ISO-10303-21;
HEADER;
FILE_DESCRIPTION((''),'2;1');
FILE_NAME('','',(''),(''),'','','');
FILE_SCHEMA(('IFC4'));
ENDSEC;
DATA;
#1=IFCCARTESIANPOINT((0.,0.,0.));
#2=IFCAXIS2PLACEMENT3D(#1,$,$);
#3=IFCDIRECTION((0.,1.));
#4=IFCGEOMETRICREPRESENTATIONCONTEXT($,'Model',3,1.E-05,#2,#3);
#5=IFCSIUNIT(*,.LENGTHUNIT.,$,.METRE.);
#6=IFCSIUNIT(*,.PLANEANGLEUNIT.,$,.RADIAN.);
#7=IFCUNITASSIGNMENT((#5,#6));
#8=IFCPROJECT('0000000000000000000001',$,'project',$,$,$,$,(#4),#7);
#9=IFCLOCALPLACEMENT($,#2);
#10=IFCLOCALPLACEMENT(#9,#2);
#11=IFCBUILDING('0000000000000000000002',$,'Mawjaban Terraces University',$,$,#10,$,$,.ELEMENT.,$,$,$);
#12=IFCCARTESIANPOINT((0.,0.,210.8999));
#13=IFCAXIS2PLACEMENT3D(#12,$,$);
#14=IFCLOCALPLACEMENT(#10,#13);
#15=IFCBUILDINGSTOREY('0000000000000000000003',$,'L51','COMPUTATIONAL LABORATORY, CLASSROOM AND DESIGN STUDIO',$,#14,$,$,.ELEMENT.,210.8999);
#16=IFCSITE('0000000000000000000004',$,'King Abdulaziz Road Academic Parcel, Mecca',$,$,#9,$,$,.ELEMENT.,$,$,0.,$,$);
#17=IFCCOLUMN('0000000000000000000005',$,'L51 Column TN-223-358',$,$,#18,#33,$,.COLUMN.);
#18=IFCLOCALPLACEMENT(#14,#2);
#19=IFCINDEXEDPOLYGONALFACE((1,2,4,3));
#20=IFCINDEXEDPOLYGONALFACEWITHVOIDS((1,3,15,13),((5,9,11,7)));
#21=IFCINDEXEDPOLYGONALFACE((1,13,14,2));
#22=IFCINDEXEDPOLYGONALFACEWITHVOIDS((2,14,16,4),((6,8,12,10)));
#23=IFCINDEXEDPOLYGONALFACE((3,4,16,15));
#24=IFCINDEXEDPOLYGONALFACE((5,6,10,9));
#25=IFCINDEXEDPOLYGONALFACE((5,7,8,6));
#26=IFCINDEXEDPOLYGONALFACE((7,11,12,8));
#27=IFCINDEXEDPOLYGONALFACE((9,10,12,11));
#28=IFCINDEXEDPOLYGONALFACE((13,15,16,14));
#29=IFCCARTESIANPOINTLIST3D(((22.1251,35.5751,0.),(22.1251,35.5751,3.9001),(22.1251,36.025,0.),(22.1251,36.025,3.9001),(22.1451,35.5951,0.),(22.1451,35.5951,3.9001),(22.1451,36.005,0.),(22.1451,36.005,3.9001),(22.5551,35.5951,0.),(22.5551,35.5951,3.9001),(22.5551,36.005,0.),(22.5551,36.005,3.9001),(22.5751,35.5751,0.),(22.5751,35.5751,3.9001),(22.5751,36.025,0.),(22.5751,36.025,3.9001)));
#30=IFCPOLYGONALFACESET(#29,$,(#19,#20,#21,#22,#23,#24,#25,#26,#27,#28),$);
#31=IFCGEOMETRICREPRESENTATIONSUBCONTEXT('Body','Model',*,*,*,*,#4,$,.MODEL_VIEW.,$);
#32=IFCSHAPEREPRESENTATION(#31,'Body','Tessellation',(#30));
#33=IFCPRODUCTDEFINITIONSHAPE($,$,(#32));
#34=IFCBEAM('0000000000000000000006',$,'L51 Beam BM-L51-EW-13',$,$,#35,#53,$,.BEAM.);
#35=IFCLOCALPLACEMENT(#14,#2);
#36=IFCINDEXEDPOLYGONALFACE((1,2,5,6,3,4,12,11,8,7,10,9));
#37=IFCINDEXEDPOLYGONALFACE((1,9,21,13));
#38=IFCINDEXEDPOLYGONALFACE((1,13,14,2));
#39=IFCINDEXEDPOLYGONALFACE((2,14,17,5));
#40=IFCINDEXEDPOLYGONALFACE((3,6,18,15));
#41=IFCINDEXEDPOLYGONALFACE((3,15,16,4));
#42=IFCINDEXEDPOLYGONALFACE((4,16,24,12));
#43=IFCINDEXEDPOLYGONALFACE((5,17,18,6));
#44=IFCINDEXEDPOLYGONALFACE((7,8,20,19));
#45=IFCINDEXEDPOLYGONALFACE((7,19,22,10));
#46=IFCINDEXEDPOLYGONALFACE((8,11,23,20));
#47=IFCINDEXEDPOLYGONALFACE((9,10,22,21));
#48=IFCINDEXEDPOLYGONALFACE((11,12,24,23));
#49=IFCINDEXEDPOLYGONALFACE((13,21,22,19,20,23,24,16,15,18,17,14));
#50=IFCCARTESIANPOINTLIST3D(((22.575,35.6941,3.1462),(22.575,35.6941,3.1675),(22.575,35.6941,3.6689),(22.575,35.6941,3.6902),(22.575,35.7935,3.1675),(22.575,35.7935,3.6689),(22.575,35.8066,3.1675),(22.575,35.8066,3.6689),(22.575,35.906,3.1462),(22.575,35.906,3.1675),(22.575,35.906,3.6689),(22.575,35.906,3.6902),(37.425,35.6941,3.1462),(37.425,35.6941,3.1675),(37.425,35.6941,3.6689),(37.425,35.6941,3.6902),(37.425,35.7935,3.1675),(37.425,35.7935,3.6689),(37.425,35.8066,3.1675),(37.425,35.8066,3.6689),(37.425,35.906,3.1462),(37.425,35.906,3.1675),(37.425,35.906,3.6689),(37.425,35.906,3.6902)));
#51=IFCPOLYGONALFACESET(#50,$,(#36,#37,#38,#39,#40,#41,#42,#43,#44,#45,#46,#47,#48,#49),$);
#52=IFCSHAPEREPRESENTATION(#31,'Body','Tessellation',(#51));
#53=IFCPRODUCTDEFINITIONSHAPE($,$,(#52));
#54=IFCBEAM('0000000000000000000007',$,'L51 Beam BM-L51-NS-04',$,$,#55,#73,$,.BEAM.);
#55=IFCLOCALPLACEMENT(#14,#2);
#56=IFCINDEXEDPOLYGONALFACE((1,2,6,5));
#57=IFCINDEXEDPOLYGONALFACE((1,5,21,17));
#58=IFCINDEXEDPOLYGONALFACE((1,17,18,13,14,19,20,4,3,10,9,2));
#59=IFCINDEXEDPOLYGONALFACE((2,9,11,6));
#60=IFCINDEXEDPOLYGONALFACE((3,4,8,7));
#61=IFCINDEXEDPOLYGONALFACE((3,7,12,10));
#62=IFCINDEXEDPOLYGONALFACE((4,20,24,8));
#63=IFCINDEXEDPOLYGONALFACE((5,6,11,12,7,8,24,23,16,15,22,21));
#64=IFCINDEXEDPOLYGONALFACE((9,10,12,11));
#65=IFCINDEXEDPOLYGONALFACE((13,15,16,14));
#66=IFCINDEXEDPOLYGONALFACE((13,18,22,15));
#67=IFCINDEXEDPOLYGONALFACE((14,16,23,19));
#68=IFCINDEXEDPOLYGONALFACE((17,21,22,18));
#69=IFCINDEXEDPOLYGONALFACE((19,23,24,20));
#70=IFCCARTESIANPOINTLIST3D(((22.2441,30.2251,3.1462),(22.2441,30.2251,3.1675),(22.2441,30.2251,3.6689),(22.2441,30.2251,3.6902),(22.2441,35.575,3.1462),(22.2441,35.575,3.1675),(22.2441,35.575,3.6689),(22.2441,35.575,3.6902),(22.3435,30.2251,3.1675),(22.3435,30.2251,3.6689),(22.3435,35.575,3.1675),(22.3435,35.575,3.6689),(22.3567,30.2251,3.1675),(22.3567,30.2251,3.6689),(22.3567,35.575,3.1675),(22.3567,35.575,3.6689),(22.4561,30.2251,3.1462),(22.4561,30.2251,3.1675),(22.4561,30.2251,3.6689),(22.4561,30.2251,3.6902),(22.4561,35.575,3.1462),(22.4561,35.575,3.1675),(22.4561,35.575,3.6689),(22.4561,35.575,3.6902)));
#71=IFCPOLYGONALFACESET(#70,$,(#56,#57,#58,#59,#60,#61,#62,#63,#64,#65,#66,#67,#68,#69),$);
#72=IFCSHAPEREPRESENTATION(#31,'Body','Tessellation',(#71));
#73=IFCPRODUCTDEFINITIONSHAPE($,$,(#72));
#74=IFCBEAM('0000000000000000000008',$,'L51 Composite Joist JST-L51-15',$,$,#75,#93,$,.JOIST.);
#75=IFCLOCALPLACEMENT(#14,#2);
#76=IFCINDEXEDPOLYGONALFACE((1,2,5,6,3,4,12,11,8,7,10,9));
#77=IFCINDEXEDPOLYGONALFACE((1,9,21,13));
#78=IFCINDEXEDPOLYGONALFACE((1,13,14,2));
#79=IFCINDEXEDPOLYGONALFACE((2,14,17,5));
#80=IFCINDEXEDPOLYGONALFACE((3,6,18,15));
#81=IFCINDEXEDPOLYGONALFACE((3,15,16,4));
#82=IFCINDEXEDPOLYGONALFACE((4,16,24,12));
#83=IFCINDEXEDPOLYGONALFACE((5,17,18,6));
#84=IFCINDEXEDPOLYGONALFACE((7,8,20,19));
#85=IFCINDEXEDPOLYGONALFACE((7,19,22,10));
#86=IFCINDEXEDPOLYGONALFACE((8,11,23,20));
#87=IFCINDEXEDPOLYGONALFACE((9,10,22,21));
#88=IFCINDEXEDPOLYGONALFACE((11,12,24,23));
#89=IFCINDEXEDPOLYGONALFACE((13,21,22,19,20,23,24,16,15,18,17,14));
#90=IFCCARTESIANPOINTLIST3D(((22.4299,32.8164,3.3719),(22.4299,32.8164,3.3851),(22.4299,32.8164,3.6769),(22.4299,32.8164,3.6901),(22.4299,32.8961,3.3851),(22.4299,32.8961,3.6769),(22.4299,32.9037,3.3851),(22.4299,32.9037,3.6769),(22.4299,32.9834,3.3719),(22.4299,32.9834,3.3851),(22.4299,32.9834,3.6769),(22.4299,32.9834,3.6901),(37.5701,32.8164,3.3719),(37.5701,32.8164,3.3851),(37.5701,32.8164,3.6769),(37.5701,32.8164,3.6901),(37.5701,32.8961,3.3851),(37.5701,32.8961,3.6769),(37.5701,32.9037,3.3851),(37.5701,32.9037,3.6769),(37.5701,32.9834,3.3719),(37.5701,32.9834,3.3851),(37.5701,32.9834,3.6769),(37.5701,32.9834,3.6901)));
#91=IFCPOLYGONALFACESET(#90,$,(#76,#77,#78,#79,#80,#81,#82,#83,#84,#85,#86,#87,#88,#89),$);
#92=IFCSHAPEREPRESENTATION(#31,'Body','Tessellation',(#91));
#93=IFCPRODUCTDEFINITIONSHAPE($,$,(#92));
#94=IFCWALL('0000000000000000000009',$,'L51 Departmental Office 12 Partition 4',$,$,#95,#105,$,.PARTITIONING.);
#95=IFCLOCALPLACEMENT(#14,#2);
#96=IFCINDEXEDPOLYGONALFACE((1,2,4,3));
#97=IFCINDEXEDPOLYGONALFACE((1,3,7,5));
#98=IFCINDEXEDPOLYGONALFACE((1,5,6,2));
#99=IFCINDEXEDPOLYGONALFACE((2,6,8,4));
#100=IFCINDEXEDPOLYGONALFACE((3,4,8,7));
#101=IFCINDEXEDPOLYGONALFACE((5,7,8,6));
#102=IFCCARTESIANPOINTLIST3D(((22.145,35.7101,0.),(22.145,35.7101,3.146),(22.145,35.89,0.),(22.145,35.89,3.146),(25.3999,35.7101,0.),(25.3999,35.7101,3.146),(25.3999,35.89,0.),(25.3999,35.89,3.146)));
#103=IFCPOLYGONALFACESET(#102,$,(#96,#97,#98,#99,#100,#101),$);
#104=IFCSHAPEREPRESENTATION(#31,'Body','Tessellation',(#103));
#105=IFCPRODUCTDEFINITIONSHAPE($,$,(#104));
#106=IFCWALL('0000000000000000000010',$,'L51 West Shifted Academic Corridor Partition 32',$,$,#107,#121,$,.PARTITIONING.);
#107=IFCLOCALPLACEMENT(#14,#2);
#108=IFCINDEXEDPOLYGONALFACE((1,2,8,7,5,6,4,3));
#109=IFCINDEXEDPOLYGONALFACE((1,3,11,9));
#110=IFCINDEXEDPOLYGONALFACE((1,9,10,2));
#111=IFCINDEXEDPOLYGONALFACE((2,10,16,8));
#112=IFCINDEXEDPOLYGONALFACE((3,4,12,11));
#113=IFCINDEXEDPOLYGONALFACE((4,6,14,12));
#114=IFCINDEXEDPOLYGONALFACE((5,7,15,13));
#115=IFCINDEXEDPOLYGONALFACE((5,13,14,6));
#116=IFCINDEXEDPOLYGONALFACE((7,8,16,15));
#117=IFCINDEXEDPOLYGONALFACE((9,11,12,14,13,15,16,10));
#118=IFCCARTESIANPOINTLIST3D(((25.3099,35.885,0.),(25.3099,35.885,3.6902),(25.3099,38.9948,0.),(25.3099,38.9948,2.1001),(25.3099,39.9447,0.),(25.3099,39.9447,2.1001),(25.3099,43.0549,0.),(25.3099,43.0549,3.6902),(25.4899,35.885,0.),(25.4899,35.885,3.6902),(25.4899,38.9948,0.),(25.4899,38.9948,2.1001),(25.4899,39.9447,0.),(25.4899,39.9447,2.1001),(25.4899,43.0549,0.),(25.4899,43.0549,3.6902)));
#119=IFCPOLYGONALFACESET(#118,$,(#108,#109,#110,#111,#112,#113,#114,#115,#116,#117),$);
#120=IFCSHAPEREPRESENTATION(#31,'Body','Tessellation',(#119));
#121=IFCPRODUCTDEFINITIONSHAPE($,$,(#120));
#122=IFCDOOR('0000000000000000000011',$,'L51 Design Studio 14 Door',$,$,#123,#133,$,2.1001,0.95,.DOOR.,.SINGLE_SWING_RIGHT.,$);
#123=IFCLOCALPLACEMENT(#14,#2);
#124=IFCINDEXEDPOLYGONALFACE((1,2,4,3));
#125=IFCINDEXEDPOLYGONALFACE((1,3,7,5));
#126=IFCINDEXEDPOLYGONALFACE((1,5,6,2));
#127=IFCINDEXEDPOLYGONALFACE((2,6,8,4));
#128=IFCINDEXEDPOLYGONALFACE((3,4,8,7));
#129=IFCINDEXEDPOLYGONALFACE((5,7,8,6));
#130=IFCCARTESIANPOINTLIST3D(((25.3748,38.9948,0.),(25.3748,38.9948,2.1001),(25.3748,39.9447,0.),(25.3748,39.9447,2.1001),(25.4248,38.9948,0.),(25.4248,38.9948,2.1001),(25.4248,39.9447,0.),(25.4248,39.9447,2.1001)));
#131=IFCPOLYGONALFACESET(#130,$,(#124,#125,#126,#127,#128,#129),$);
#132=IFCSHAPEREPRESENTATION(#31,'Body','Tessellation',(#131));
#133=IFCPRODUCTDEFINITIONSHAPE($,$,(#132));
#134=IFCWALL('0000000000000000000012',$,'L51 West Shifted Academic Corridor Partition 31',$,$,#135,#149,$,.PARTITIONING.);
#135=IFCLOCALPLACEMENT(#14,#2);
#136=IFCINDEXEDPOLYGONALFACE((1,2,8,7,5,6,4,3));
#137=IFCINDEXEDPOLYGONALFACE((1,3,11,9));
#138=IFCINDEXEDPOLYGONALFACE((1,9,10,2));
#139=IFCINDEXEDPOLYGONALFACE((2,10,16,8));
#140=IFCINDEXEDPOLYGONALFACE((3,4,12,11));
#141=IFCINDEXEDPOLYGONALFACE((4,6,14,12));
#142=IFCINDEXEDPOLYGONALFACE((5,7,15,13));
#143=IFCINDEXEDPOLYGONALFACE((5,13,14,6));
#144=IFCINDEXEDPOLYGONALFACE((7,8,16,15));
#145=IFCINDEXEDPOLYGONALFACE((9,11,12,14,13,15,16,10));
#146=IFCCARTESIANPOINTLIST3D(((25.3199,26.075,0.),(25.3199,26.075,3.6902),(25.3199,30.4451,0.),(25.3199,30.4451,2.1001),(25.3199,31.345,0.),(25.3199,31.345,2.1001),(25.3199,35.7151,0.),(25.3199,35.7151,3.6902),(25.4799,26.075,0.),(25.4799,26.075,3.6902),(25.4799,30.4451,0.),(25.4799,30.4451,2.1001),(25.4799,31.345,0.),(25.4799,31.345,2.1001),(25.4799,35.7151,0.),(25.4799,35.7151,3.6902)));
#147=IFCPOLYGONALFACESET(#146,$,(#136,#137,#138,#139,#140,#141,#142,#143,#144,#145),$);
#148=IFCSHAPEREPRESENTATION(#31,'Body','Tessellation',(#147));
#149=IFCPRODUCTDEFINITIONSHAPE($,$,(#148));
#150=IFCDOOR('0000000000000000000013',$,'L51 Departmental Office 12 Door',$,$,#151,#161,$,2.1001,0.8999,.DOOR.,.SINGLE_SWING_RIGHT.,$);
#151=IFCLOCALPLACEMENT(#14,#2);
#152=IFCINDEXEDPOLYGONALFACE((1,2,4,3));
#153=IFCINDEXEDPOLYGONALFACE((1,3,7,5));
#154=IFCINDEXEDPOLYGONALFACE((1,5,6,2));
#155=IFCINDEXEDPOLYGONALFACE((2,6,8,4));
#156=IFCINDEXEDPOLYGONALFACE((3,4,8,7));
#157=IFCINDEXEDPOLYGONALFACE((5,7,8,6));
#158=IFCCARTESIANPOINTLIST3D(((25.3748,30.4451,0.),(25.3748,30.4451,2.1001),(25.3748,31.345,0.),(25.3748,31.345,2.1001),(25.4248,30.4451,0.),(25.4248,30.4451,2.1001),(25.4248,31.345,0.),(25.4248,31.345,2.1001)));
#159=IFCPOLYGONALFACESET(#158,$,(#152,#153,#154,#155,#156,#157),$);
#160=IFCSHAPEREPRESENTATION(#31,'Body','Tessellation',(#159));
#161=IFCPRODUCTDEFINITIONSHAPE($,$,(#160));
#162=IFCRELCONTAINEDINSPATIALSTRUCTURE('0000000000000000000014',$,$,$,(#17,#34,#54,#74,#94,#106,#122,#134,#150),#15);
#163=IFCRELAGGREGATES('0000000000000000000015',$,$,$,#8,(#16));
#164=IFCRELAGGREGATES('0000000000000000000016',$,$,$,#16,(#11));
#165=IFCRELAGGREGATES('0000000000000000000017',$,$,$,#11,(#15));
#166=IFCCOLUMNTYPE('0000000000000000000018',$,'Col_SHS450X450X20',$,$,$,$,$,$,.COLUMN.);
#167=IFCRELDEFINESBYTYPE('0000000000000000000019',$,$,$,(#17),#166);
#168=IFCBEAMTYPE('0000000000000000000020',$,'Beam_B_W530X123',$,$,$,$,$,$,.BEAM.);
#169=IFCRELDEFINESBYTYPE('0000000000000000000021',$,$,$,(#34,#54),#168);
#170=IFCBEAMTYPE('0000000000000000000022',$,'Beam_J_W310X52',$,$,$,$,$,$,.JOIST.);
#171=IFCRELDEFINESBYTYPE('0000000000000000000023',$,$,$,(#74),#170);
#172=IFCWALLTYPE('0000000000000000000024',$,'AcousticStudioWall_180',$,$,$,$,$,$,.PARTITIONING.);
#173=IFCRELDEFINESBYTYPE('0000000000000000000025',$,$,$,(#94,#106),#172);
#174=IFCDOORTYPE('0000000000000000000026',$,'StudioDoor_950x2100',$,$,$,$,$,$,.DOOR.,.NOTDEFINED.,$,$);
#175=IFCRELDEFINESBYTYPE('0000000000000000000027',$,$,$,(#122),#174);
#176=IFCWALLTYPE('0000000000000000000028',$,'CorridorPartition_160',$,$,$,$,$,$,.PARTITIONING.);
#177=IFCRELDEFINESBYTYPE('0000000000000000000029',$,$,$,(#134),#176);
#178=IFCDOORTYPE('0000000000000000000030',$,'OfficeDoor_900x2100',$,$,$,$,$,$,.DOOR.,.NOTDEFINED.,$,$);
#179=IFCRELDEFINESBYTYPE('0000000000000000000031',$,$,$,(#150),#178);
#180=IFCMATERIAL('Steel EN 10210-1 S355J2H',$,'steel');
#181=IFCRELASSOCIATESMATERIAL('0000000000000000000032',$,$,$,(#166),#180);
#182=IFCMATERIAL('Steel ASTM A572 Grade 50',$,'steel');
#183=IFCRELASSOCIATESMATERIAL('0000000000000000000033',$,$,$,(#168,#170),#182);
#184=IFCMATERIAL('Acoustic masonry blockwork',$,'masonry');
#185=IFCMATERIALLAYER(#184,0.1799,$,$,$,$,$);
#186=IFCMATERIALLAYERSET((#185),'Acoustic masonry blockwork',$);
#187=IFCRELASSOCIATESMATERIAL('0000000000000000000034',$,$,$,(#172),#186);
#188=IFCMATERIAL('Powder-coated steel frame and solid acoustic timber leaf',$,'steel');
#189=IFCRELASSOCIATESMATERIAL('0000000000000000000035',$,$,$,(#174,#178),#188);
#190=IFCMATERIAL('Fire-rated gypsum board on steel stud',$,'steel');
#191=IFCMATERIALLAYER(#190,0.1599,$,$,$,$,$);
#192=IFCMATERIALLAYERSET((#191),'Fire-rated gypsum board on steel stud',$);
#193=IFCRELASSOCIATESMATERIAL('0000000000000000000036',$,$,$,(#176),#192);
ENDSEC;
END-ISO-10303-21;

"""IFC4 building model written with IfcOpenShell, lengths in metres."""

from ifc_helpers import new_model, si_unit, direction, frame, frame_2d, origin, origin_2d, place, context, subcontext, project, spatial, rectangle, hollow_rectangle, i_section, extrude, material, layer, layer_set, material_profile, profile_set, type_object, element, fill, save


model = new_model("IFC4")

# Units and contexts
model_context = context("Model", 3, precision=1e-05, world=origin(), true_north=direction((0.0, 1.0)))
body_context = subcontext(model_context, "Body", "Model", "MODEL_VIEW")
ifc_project = project(units=[si_unit("LENGTHUNIT", "METRE"), si_unit("PLANEANGLEUNIT", "RADIAN")], contexts=[model_context])

# Site, building, storey
site_placement = place(None, origin())
site = spatial("IfcSite", under=ifc_project, at=site_placement, Name="King Abdulaziz Road Academic Parcel, Mecca", CompositionType="ELEMENT", RefElevation=0.0)
building_placement = place(site_placement, origin())
building = spatial("IfcBuilding", under=site, at=building_placement, Name="Mawjaban Terraces University", CompositionType="ELEMENT")
storey_placement = place(building_placement, frame((0.0, 0.0, 210.8999)))
storey = spatial("IfcBuildingStorey", under=building, at=storey_placement, Name="L51", Description="COMPUTATIONAL LABORATORY, CLASSROOM AND DESIGN STUDIO", CompositionType="ELEMENT", Elevation=210.8999)

# Column
ifc_material_1 = material(Name="Steel EN 10210-1 S355J2H", Category="steel")
ifc_material_profile_1 = material_profile(ifc_material_1, hollow_rectangle(XDim=0.45, YDim=0.45, WallThickness=0.02, at=origin_2d()), Name="SHS450X450X20")
ifc_profile_set_1 = profile_set([ifc_material_profile_1], Name="Steel EN 10210-1 S355J2H")
column_type = type_object("IfcColumnType", Name="Col_SHS450X450X20", PredefinedType="COLUMN", material=ifc_profile_set_1)
column_placement = place(storey_placement, frame((22.3501, 35.8, 0.0), z_axis=(0.0, 0.0, 1.0), x_axis=(1.0, 0.0, 0.0)))
element("IfcColumn", 1, at=column_placement, inside=storey, type_object=column_type, Name="L51 Column TN-223-358", PredefinedType="COLUMN", context=body_context, shape_type="SweptSolid", body=[
    extrude(hollow_rectangle(XDim=0.45, YDim=0.45, WallThickness=0.02, at=origin_2d()), origin(), (0.0, 0.0, 1.0), 3.9001),
])

# Beams
ifc_material_2 = material(Name="Steel ASTM A572 Grade 50", Category="steel")
ifc_material_profile_2 = material_profile(ifc_material_2, i_section(OverallWidth=0.2119, OverallDepth=0.5439, WebThickness=0.0132, FlangeThickness=0.0212, at=origin_2d()), Name="W530X123")
ifc_profile_set_2 = profile_set([ifc_material_profile_2], Name="Steel ASTM A572 Grade 50")
beam_type_1 = type_object("IfcBeamType", Name="Beam_B_W530X123", PredefinedType="BEAM", material=ifc_profile_set_2)
beam_1_placement = place(storey_placement, frame((22.575, 35.8, 3.4182), z_axis=(1.0, 0.0, 0.0), x_axis=(0.0, 1.0, 0.0)))
element("IfcBeam", 2, at=beam_1_placement, inside=storey, type_object=beam_type_1, Name="L51 Beam BM-L51-EW-13", PredefinedType="BEAM", context=body_context, shape_type="SweptSolid", body=[
    extrude(i_section(OverallWidth=0.2119, OverallDepth=0.5439, WebThickness=0.0132, FlangeThickness=0.0212, at=origin_2d()), origin(), (0.0, 0.0, 1.0), 14.8501),
])
beam_2_placement = place(storey_placement, frame((22.3501, 30.2251, 3.4182), z_axis=(0.0, 1.0, 0.0), x_axis=(-1.0, 0.0, 0.0)))
element("IfcBeam", 3, at=beam_2_placement, inside=storey, type_object=beam_type_1, Name="L51 Beam BM-L51-NS-04", PredefinedType="BEAM", context=body_context, shape_type="SweptSolid", body=[
    extrude(i_section(OverallWidth=0.2119, OverallDepth=0.5439, WebThickness=0.0132, FlangeThickness=0.0212, at=origin_2d()), origin(), (0.0, 0.0, 1.0), 5.3499),
])
ifc_material_profile_3 = material_profile(ifc_material_2, i_section(OverallWidth=0.167, OverallDepth=0.3181, WebThickness=0.0076, FlangeThickness=0.0132, at=origin_2d()), Name="W310X52")
ifc_profile_set_3 = profile_set([ifc_material_profile_3], Name="Steel ASTM A572 Grade 50")
beam_type_2 = type_object("IfcBeamType", Name="Beam_J_W310X52", PredefinedType="JOIST", material=ifc_profile_set_3)
beam_3_placement = place(storey_placement, frame((22.4299, 32.8999, 3.531), z_axis=(1.0, 0.0, 0.0), x_axis=(0.0, 1.0, 0.0)))
element("IfcBeam", 4, at=beam_3_placement, inside=storey, type_object=beam_type_2, Name="L51 Composite Joist JST-L51-15", PredefinedType="JOIST", context=body_context, shape_type="SweptSolid", body=[
    extrude(i_section(OverallWidth=0.167, OverallDepth=0.3181, WebThickness=0.0076, FlangeThickness=0.0132, at=origin_2d()), origin(), (0.0, 0.0, 1.0), 15.1401),
])

# Wall
ifc_material_3 = material(Name="Acoustic masonry blockwork", Category="masonry")
ifc_layer_1 = layer(ifc_material_3, 0.1799)
ifc_layer_set_1 = layer_set([ifc_layer_1], Name="Acoustic masonry blockwork")
wall_type_1 = type_object("IfcWallType", Name="AcousticStudioWall_180", PredefinedType="PARTITIONING", material=ifc_layer_set_1)
wall_1_placement = place(storey_placement, frame((25.3999, 35.8, 0.0), z_axis=(0.0, 0.0, 1.0), x_axis=(-1.0, 0.0, 0.0)))
element("IfcWall", 5, at=wall_1_placement, inside=storey, type_object=wall_type_1, Name="L51 Departmental Office 12 Partition 4", PredefinedType="PARTITIONING", context=body_context, shape_type="SweptSolid", body=[
    extrude(rectangle(XDim=3.2549, YDim=0.1799, at=frame_2d((1.6274, 0.0))), origin(), (0.0, 0.0, 1.0), 3.146),
])

# Walls, openings, doors
wall_2_placement = place(storey_placement, frame((25.3999, 43.0549, 0.0), z_axis=(0.0, 0.0, 1.0), x_axis=(0.0, -1.0, 0.0)))
wall_2 = element("IfcWall", 6, at=wall_2_placement, inside=storey, type_object=wall_type_1, Name="L51 West Shifted Academic Corridor Partition 32", PredefinedType="PARTITIONING", context=body_context, shape_type="SweptSolid", body=[
    extrude(rectangle(XDim=7.1699, YDim=0.1799, at=frame_2d((3.585, 0.0))), origin(), (0.0, 0.0, 1.0), 3.6902),
])
opening_1_placement = place(wall_2_placement, frame((3.1101, 0.0, 0.0)))
opening_1 = element("IfcOpeningElement", 7, at=opening_1_placement, cuts=wall_2, PredefinedType="OPENING", context=body_context, shape_type="SweptSolid", body=[
    extrude(rectangle(XDim=0.95, YDim=2.1001, at=frame_2d((0.4751, 1.05))), frame((0.0, 0.0999, 0.0), z_axis=(0.0, -1.0, 0.0), x_axis=(1.0, 0.0, 0.0)), (0.0, 0.0, 1.0), 0.2),
])
ifc_material_4 = material(Name="Powder-coated steel frame and solid acoustic timber leaf", Category="steel")
door_type_1 = type_object("IfcDoorType", Name="StudioDoor_950x2100", OperationType="NOTDEFINED", PredefinedType="DOOR", material=ifc_material_4)
door_1_placement = place(opening_1_placement, origin())
door_1 = element("IfcDoor", 8, at=door_1_placement, inside=storey, type_object=door_type_1, Name="L51 Design Studio 14 Door", OperationType="SINGLE_SWING_RIGHT", OverallHeight=2.1001, OverallWidth=0.95, PredefinedType="DOOR", context=body_context, shape_type="SweptSolid", body=[
    extrude(rectangle(XDim=0.95, YDim=2.1001, at=frame_2d((0.4751, 1.05))), frame((0.0, 0.0249, 0.0), z_axis=(0.0, -1.0, 0.0), x_axis=(1.0, 0.0, 0.0)), (0.0, 0.0, 1.0), 0.05),
])
fill(opening_1, door_1)
ifc_material_5 = material(Name="Fire-rated gypsum board on steel stud", Category="steel")
ifc_layer_2 = layer(ifc_material_5, 0.1599)
ifc_layer_set_2 = layer_set([ifc_layer_2], Name="Fire-rated gypsum board on steel stud")
wall_type_2 = type_object("IfcWallType", Name="CorridorPartition_160", PredefinedType="PARTITIONING", material=ifc_layer_set_2)
wall_3_placement = place(storey_placement, frame((25.3999, 35.7151, 0.0), z_axis=(0.0, 0.0, 1.0), x_axis=(0.0, -1.0, 0.0)))
wall_3 = element("IfcWall", 9, at=wall_3_placement, inside=storey, type_object=wall_type_2, Name="L51 West Shifted Academic Corridor Partition 31", PredefinedType="PARTITIONING", context=body_context, shape_type="SweptSolid", body=[
    extrude(rectangle(XDim=9.6401, YDim=0.1599, at=frame_2d((4.8201, 0.0))), origin(), (0.0, 0.0, 1.0), 3.6902),
])
opening_2_placement = place(wall_3_placement, frame((4.3701, 0.0, 0.0)))
opening_2 = element("IfcOpeningElement", 10, at=opening_2_placement, cuts=wall_3, PredefinedType="OPENING", context=body_context, shape_type="SweptSolid", body=[
    extrude(rectangle(XDim=0.8999, YDim=2.1001, at=frame_2d((0.45, 1.05))), frame((0.0, 0.0898, 0.0), z_axis=(0.0, -1.0, 0.0), x_axis=(1.0, 0.0, 0.0)), (0.0, 0.0, 1.0), 0.1799),
])
door_type_2 = type_object("IfcDoorType", Name="OfficeDoor_900x2100", OperationType="NOTDEFINED", PredefinedType="DOOR", material=ifc_material_4)
door_2_placement = place(opening_2_placement, origin())
door_2 = element("IfcDoor", 11, at=door_2_placement, inside=storey, type_object=door_type_2, Name="L51 Departmental Office 12 Door", OperationType="SINGLE_SWING_RIGHT", OverallHeight=2.1001, OverallWidth=0.8999, PredefinedType="DOOR", context=body_context, shape_type="SweptSolid", body=[
    extrude(rectangle(XDim=0.8999, YDim=2.1001, at=frame_2d((0.45, 1.05))), frame((0.0, 0.0249, 0.0), z_axis=(0.0, -1.0, 0.0), x_axis=(1.0, 0.0, 0.0)), (0.0, 0.0, 1.0), 0.05),
])
fill(opening_2, door_2)

save(model, "model.ifc")
